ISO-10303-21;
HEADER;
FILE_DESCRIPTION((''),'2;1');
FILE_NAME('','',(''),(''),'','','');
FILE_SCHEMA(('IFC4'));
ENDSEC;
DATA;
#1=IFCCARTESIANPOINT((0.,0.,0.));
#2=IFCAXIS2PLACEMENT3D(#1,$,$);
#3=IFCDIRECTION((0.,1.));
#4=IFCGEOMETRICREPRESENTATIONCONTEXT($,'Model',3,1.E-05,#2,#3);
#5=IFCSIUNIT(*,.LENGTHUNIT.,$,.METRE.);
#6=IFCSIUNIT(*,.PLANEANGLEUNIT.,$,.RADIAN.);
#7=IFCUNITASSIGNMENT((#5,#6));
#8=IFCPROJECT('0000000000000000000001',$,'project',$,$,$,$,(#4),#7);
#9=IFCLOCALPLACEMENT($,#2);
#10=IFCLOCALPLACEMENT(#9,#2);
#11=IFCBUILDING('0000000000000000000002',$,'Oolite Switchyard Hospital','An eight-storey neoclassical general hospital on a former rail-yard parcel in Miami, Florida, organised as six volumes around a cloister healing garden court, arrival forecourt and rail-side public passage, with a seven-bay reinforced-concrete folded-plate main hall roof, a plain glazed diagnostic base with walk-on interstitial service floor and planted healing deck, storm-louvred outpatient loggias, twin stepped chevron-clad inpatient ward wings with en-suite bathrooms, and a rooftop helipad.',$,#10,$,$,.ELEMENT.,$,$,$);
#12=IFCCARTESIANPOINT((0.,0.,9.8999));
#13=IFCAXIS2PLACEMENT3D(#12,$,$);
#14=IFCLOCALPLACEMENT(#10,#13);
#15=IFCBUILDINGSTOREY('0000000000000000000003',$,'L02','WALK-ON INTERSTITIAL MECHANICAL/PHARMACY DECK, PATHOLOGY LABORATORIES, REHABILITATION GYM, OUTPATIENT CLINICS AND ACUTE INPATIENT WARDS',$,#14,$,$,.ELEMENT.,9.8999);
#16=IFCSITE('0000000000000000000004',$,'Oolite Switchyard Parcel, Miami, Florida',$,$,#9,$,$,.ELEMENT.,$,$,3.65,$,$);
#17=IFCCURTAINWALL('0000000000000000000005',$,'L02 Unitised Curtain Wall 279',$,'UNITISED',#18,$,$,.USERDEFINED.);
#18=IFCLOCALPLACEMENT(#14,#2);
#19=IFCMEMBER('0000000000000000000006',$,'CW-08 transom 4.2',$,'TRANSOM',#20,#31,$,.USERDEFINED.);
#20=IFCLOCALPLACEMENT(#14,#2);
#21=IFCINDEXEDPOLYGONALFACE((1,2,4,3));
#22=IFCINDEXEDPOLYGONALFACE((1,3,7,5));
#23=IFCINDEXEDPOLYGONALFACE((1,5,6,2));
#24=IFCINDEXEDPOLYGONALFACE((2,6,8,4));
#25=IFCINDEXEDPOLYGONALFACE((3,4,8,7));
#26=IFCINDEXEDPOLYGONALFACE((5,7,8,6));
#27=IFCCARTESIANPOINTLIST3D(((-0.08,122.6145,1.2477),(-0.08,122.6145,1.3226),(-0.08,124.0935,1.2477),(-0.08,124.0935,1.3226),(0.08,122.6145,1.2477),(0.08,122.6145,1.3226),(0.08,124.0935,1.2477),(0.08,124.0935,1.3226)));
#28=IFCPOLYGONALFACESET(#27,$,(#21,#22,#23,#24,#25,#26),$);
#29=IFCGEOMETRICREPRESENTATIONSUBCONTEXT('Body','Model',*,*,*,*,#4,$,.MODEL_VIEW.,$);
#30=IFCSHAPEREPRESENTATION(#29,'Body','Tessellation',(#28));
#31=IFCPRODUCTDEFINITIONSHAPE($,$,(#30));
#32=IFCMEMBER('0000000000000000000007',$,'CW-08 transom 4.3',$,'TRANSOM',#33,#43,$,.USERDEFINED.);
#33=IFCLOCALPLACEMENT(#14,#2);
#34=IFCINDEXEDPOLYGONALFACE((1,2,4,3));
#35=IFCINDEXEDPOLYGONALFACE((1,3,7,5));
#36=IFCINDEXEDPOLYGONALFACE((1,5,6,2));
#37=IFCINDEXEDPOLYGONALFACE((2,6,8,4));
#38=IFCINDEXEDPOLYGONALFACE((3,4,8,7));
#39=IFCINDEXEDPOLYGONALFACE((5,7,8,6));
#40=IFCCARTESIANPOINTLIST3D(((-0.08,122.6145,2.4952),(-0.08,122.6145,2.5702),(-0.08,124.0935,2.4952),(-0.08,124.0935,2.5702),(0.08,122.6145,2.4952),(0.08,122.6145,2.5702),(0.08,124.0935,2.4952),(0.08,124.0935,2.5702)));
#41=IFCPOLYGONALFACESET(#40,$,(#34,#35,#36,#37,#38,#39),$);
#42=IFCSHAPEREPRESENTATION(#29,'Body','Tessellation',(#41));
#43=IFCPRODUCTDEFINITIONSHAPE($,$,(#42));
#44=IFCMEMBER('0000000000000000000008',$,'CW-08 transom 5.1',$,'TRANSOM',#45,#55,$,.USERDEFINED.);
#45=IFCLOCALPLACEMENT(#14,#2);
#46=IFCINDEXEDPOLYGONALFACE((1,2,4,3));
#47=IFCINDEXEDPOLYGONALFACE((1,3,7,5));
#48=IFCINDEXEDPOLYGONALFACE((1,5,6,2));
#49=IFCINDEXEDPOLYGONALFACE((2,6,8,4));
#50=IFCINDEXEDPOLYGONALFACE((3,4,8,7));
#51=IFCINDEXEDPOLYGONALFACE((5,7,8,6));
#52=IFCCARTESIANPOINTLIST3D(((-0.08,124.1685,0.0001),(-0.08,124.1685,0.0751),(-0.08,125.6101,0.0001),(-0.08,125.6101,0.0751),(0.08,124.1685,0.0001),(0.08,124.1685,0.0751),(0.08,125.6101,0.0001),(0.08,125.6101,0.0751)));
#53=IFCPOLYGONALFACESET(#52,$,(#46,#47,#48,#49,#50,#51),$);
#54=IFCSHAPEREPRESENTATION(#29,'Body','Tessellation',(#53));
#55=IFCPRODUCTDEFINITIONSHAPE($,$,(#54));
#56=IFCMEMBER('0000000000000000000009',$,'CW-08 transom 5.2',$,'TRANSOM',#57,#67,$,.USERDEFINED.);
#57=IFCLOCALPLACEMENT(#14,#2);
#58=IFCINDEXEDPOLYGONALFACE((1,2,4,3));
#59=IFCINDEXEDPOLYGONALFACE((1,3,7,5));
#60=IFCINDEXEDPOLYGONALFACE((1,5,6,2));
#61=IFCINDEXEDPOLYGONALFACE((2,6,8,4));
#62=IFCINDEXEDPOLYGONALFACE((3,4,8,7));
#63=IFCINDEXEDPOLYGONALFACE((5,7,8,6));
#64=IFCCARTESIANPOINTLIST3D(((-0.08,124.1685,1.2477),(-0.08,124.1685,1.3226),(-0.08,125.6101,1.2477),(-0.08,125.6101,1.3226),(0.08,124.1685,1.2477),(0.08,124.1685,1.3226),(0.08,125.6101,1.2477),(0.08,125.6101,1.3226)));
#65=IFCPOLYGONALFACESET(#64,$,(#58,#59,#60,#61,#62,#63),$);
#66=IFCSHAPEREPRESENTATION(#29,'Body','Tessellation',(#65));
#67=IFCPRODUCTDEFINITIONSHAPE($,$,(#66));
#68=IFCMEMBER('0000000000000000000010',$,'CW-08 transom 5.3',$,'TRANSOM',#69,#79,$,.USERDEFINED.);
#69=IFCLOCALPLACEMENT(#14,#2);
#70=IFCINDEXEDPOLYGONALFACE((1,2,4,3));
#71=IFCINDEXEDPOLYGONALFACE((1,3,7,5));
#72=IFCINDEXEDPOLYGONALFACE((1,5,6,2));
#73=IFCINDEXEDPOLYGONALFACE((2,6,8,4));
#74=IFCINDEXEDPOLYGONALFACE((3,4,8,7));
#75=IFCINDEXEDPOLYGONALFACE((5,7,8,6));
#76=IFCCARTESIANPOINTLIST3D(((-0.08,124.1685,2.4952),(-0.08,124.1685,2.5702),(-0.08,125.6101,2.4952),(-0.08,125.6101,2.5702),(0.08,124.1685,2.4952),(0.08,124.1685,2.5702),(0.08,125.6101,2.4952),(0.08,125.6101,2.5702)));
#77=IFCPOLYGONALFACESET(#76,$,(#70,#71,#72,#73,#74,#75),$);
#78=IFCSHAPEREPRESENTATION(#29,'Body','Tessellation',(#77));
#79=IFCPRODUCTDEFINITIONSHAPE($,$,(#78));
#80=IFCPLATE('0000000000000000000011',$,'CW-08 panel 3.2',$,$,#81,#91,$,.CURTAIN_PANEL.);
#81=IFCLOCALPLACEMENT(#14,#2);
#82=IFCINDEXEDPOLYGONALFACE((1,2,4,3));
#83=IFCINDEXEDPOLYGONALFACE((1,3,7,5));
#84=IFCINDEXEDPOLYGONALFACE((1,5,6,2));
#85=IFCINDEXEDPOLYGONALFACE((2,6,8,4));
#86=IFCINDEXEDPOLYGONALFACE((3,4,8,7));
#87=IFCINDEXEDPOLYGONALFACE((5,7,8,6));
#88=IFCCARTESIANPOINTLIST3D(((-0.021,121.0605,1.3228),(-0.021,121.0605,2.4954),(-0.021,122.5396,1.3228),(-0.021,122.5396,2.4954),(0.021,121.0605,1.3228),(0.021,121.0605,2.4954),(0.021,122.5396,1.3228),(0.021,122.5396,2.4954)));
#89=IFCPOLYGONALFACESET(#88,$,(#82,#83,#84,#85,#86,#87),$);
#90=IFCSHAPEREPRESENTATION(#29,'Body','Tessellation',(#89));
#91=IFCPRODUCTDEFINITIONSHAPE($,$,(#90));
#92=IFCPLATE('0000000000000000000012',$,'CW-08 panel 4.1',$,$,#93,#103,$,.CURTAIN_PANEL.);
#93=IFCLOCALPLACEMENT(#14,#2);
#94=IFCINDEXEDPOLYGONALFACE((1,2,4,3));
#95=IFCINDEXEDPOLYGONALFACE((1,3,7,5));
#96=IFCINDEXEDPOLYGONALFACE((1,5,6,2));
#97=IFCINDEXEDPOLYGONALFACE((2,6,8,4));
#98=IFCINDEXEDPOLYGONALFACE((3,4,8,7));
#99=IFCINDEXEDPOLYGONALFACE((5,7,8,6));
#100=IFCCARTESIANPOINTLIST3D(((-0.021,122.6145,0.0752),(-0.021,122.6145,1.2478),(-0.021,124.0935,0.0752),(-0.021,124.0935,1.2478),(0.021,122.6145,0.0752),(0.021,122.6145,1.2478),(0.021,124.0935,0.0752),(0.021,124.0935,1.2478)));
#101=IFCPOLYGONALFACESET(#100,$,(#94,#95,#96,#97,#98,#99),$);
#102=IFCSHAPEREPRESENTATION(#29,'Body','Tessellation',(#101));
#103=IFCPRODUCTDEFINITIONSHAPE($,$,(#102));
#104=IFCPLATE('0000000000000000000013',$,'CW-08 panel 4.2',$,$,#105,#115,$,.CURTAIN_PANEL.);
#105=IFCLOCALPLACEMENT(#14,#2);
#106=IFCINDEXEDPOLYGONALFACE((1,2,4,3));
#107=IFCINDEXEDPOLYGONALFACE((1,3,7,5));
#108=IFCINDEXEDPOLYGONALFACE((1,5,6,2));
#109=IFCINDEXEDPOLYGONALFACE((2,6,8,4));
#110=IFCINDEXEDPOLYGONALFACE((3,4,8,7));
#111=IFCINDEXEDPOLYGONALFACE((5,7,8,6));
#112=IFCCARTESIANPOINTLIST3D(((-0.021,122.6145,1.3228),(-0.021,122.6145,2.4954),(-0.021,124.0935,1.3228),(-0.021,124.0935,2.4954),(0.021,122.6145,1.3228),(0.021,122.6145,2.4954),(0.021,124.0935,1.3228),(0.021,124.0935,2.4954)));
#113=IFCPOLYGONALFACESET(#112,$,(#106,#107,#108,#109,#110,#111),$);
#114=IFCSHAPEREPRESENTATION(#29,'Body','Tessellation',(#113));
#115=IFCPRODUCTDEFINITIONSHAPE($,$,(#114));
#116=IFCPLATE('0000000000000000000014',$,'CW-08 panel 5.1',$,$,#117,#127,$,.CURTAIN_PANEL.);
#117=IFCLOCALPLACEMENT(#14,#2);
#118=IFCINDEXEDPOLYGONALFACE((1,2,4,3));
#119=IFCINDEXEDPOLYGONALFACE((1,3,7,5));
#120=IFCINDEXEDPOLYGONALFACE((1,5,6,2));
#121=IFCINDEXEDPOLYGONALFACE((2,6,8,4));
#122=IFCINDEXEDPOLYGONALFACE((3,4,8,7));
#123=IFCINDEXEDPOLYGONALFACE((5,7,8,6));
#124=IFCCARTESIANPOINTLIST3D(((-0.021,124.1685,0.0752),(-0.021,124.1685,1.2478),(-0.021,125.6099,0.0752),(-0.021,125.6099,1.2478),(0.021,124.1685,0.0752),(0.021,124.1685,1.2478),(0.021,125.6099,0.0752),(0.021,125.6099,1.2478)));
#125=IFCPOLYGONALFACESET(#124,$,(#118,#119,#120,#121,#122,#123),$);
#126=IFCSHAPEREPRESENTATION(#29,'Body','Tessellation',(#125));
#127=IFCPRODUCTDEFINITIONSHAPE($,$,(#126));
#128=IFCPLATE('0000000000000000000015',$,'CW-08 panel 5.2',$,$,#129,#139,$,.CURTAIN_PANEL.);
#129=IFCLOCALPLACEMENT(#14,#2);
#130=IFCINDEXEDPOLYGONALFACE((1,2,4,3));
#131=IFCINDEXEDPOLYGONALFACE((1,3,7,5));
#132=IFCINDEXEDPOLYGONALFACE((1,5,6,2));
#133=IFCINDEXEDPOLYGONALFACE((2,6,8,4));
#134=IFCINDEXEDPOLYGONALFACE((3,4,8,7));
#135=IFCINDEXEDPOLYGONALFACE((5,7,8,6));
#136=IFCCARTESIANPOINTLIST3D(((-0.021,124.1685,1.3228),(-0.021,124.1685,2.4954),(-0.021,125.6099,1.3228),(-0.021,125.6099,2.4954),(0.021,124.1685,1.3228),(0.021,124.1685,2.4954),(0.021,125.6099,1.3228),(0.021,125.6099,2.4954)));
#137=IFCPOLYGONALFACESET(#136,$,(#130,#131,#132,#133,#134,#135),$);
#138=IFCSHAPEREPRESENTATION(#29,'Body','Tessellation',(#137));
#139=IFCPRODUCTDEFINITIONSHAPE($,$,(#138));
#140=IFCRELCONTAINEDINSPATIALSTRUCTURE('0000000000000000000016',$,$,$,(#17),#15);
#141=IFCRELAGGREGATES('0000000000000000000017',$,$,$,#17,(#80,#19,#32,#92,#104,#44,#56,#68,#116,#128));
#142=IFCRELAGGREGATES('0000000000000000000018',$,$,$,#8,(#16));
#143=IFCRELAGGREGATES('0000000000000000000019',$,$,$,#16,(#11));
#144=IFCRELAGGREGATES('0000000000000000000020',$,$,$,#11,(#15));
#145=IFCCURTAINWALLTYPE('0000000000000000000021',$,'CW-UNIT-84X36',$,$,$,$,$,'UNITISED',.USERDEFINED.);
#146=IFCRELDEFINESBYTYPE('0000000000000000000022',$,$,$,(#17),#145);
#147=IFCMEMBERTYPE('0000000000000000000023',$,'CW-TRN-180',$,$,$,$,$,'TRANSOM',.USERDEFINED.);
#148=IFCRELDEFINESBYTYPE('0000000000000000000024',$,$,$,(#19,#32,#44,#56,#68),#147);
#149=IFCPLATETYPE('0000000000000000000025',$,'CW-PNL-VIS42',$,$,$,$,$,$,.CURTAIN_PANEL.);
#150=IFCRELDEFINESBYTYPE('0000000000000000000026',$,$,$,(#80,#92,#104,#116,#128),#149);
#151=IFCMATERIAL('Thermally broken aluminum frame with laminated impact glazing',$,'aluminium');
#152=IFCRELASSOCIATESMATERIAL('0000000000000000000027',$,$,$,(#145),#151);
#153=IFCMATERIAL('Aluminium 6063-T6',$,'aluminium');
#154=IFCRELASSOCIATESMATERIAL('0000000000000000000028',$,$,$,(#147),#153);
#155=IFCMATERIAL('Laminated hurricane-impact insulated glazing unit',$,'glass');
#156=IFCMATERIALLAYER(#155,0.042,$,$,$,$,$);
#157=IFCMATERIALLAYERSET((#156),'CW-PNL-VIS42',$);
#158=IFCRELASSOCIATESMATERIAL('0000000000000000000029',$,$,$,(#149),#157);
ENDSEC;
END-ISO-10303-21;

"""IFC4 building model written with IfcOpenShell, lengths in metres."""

from ifc_helpers import new_model, si_unit, direction, frame, origin, origin_2d, place, context, subcontext, project, spatial, rectangle, extrude, material, layer, layer_set, material_profile, profile_set, type_object, element, aggregate, save


model = new_model("IFC4")

# Units and contexts
model_context = context("Model", 3, precision=1e-05, world=origin(), true_north=direction((0.0, 1.0)))
body_context = subcontext(model_context, "Body", "Model", "MODEL_VIEW")
ifc_project = project(units=[si_unit("LENGTHUNIT", "METRE"), si_unit("PLANEANGLEUNIT", "RADIAN")], contexts=[model_context])

# Site, building, storey
site_placement = place(None, origin())
site = spatial("IfcSite", under=ifc_project, at=site_placement, Name="Oolite Switchyard Parcel, Miami, Florida", CompositionType="ELEMENT", RefElevation=3.65)
building_placement = place(site_placement, origin())
building = spatial("IfcBuilding", under=site, at=building_placement, Name="Oolite Switchyard Hospital", Description="An eight-storey neoclassical general hospital on a former rail-yard parcel in Miami, Florida, organised as six volumes around a cloister healing garden court, arrival forecourt and rail-side public passage, with a seven-bay reinforced-concrete folded-plate main hall roof, a plain glazed diagnostic base with walk-on interstitial service floor and planted healing deck, storm-louvred outpatient loggias, twin stepped chevron-clad inpatient ward wings with en-suite bathrooms, and a rooftop helipad.", CompositionType="ELEMENT")
storey_placement = place(building_placement, frame((0.0, 0.0, 9.8999)))
storey = spatial("IfcBuildingStorey", under=building, at=storey_placement, Name="L02", Description="WALK-ON INTERSTITIAL MECHANICAL/PHARMACY DECK, PATHOLOGY LABORATORIES, REHABILITATION GYM, OUTPATIENT CLINICS AND ACUTE INPATIENT WARDS", CompositionType="ELEMENT", Elevation=9.8999)

# Curtain wall, members, plates
ifc_material_1 = material(Name="Thermally broken aluminum frame with laminated impact glazing", Category="aluminium")
curtain_wall_type = type_object("IfcCurtainWallType", Name="CW-UNIT-84X36", ElementType="UNITISED", PredefinedType="USERDEFINED", material=ifc_material_1)
curtain_wall_placement = place(storey_placement, origin())
curtain_wall = element("IfcCurtainWall", 1, at=curtain_wall_placement, inside=storey, type_object=curtain_wall_type, Name="L02 Unitised Curtain Wall 279", ObjectType="UNITISED", PredefinedType="USERDEFINED")
ifc_material_2 = material(Name="Aluminium 6063-T6", Category="aluminium")
ifc_material_profile_1 = material_profile(ifc_material_2, rectangle(XDim=0.1599, YDim=0.075, at=origin_2d()), Name="CWT75X160")
ifc_profile_set_1 = profile_set([ifc_material_profile_1], Name="Aluminium 6063-T6")
member_type_1 = type_object("IfcMemberType", Name="CW-TRN-180", ElementType="TRANSOM", PredefinedType="USERDEFINED", material=ifc_profile_set_1)
member_1_placement = place(storey_placement, frame((0.0, 122.6145, 1.2852), z_axis=(0.0, 1.0, 0.0), x_axis=(-1.0, 0.0, 0.0)))
member_1 = element("IfcMember", 2, at=member_1_placement, type_object=member_type_1, Name="CW-08 transom 4.2", ObjectType="TRANSOM", PredefinedType="USERDEFINED", context=body_context, shape_type="SweptSolid", body=[
    extrude(rectangle(XDim=0.1599, YDim=0.075, at=origin_2d()), origin(), (0.0, 0.0, 1.0), 1.479),
])
member_2_placement = place(storey_placement, frame((0.0, 122.6145, 2.5327), z_axis=(0.0, 1.0, 0.0), x_axis=(-1.0, 0.0, 0.0)))
member_2 = element("IfcMember", 3, at=member_2_placement, type_object=member_type_1, Name="CW-08 transom 4.3", ObjectType="TRANSOM", PredefinedType="USERDEFINED", context=body_context, shape_type="SweptSolid", body=[
    extrude(rectangle(XDim=0.1599, YDim=0.075, at=origin_2d()), origin(), (0.0, 0.0, 1.0), 1.479),
])
member_3_placement = place(storey_placement, frame((0.0, 124.1685, 0.0376), z_axis=(0.0, 1.0, 0.0), x_axis=(-1.0, 0.0, 0.0)))
member_3 = element("IfcMember", 4, at=member_3_placement, type_object=member_type_1, Name="CW-08 transom 5.1", ObjectType="TRANSOM", PredefinedType="USERDEFINED", context=body_context, shape_type="SweptSolid", body=[
    extrude(rectangle(XDim=0.1599, YDim=0.075, at=origin_2d()), origin(), (0.0, 0.0, 1.0), 1.4417),
])
member_4_placement = place(storey_placement, frame((0.0, 124.1685, 1.2852), z_axis=(0.0, 1.0, 0.0), x_axis=(-1.0, 0.0, 0.0)))
member_4 = element("IfcMember", 5, at=member_4_placement, type_object=member_type_1, Name="CW-08 transom 5.2", ObjectType="TRANSOM", PredefinedType="USERDEFINED", context=body_context, shape_type="SweptSolid", body=[
    extrude(rectangle(XDim=0.1599, YDim=0.075, at=origin_2d()), origin(), (0.0, 0.0, 1.0), 1.4417),
])
member_5_placement = place(storey_placement, frame((0.0, 124.1685, 2.5327), z_axis=(0.0, 1.0, 0.0), x_axis=(-1.0, 0.0, 0.0)))
member_5 = element("IfcMember", 6, at=member_5_placement, type_object=member_type_1, Name="CW-08 transom 5.3", ObjectType="TRANSOM", PredefinedType="USERDEFINED", context=body_context, shape_type="SweptSolid", body=[
    extrude(rectangle(XDim=0.1599, YDim=0.075, at=origin_2d()), origin(), (0.0, 0.0, 1.0), 1.4417),
])
ifc_material_3 = material(Name="Laminated hurricane-impact insulated glazing unit", Category="glass")
ifc_layer = layer(ifc_material_3, 0.042)
ifc_layer_set = layer_set([ifc_layer], Name="CW-PNL-VIS42")
plate_type = type_object("IfcPlateType", Name="CW-PNL-VIS42", PredefinedType="CURTAIN_PANEL", material=ifc_layer_set)
plate_1_placement = place(storey_placement, frame((0.0, 121.8, 1.3228), z_axis=(0.0, 0.0, 1.0), x_axis=(0.0, 1.0, 0.0)))
plate_1 = element("IfcPlate", 7, at=plate_1_placement, type_object=plate_type, Name="CW-08 panel 3.2", PredefinedType="CURTAIN_PANEL", context=body_context, shape_type="SweptSolid", body=[
    extrude(rectangle(XDim=1.479, YDim=0.042, at=origin_2d()), origin(), (0.0, 0.0, 1.0), 1.1726),
])
plate_2_placement = place(storey_placement, frame((0.0, 123.354, 0.0752), z_axis=(0.0, 0.0, 1.0), x_axis=(0.0, 1.0, 0.0)))
plate_2 = element("IfcPlate", 8, at=plate_2_placement, type_object=plate_type, Name="CW-08 panel 4.1", PredefinedType="CURTAIN_PANEL", context=body_context, shape_type="SweptSolid", body=[
    extrude(rectangle(XDim=1.479, YDim=0.042, at=origin_2d()), origin(), (0.0, 0.0, 1.0), 1.1726),
])
plate_3_placement = place(storey_placement, frame((0.0, 123.354, 1.3228), z_axis=(0.0, 0.0, 1.0), x_axis=(0.0, 1.0, 0.0)))
plate_3 = element("IfcPlate", 9, at=plate_3_placement, type_object=plate_type, Name="CW-08 panel 4.2", PredefinedType="CURTAIN_PANEL", context=body_context, shape_type="SweptSolid", body=[
    extrude(rectangle(XDim=1.479, YDim=0.042, at=origin_2d()), origin(), (0.0, 0.0, 1.0), 1.1726),
])
plate_4_placement = place(storey_placement, frame((0.0, 124.8892, 0.0752), z_axis=(0.0, 0.0, 1.0), x_axis=(0.0, 1.0, 0.0)))
plate_4 = element("IfcPlate", 10, at=plate_4_placement, type_object=plate_type, Name="CW-08 panel 5.1", PredefinedType="CURTAIN_PANEL", context=body_context, shape_type="SweptSolid", body=[
    extrude(rectangle(XDim=1.4414, YDim=0.042, at=origin_2d()), origin(), (0.0, 0.0, 1.0), 1.1726),
])
plate_5_placement = place(storey_placement, frame((0.0, 124.8892, 1.3228), z_axis=(0.0, 0.0, 1.0), x_axis=(0.0, 1.0, 0.0)))
plate_5 = element("IfcPlate", 11, at=plate_5_placement, type_object=plate_type, Name="CW-08 panel 5.2", PredefinedType="CURTAIN_PANEL", context=body_context, shape_type="SweptSolid", body=[
    extrude(rectangle(XDim=1.4414, YDim=0.042, at=origin_2d()), origin(), (0.0, 0.0, 1.0), 1.1726),
])
aggregate(curtain_wall, [plate_1, member_1, member_2, plate_2, plate_3, member_3, member_4, member_5, plate_4, plate_5])

save(model, "model.ifc")
